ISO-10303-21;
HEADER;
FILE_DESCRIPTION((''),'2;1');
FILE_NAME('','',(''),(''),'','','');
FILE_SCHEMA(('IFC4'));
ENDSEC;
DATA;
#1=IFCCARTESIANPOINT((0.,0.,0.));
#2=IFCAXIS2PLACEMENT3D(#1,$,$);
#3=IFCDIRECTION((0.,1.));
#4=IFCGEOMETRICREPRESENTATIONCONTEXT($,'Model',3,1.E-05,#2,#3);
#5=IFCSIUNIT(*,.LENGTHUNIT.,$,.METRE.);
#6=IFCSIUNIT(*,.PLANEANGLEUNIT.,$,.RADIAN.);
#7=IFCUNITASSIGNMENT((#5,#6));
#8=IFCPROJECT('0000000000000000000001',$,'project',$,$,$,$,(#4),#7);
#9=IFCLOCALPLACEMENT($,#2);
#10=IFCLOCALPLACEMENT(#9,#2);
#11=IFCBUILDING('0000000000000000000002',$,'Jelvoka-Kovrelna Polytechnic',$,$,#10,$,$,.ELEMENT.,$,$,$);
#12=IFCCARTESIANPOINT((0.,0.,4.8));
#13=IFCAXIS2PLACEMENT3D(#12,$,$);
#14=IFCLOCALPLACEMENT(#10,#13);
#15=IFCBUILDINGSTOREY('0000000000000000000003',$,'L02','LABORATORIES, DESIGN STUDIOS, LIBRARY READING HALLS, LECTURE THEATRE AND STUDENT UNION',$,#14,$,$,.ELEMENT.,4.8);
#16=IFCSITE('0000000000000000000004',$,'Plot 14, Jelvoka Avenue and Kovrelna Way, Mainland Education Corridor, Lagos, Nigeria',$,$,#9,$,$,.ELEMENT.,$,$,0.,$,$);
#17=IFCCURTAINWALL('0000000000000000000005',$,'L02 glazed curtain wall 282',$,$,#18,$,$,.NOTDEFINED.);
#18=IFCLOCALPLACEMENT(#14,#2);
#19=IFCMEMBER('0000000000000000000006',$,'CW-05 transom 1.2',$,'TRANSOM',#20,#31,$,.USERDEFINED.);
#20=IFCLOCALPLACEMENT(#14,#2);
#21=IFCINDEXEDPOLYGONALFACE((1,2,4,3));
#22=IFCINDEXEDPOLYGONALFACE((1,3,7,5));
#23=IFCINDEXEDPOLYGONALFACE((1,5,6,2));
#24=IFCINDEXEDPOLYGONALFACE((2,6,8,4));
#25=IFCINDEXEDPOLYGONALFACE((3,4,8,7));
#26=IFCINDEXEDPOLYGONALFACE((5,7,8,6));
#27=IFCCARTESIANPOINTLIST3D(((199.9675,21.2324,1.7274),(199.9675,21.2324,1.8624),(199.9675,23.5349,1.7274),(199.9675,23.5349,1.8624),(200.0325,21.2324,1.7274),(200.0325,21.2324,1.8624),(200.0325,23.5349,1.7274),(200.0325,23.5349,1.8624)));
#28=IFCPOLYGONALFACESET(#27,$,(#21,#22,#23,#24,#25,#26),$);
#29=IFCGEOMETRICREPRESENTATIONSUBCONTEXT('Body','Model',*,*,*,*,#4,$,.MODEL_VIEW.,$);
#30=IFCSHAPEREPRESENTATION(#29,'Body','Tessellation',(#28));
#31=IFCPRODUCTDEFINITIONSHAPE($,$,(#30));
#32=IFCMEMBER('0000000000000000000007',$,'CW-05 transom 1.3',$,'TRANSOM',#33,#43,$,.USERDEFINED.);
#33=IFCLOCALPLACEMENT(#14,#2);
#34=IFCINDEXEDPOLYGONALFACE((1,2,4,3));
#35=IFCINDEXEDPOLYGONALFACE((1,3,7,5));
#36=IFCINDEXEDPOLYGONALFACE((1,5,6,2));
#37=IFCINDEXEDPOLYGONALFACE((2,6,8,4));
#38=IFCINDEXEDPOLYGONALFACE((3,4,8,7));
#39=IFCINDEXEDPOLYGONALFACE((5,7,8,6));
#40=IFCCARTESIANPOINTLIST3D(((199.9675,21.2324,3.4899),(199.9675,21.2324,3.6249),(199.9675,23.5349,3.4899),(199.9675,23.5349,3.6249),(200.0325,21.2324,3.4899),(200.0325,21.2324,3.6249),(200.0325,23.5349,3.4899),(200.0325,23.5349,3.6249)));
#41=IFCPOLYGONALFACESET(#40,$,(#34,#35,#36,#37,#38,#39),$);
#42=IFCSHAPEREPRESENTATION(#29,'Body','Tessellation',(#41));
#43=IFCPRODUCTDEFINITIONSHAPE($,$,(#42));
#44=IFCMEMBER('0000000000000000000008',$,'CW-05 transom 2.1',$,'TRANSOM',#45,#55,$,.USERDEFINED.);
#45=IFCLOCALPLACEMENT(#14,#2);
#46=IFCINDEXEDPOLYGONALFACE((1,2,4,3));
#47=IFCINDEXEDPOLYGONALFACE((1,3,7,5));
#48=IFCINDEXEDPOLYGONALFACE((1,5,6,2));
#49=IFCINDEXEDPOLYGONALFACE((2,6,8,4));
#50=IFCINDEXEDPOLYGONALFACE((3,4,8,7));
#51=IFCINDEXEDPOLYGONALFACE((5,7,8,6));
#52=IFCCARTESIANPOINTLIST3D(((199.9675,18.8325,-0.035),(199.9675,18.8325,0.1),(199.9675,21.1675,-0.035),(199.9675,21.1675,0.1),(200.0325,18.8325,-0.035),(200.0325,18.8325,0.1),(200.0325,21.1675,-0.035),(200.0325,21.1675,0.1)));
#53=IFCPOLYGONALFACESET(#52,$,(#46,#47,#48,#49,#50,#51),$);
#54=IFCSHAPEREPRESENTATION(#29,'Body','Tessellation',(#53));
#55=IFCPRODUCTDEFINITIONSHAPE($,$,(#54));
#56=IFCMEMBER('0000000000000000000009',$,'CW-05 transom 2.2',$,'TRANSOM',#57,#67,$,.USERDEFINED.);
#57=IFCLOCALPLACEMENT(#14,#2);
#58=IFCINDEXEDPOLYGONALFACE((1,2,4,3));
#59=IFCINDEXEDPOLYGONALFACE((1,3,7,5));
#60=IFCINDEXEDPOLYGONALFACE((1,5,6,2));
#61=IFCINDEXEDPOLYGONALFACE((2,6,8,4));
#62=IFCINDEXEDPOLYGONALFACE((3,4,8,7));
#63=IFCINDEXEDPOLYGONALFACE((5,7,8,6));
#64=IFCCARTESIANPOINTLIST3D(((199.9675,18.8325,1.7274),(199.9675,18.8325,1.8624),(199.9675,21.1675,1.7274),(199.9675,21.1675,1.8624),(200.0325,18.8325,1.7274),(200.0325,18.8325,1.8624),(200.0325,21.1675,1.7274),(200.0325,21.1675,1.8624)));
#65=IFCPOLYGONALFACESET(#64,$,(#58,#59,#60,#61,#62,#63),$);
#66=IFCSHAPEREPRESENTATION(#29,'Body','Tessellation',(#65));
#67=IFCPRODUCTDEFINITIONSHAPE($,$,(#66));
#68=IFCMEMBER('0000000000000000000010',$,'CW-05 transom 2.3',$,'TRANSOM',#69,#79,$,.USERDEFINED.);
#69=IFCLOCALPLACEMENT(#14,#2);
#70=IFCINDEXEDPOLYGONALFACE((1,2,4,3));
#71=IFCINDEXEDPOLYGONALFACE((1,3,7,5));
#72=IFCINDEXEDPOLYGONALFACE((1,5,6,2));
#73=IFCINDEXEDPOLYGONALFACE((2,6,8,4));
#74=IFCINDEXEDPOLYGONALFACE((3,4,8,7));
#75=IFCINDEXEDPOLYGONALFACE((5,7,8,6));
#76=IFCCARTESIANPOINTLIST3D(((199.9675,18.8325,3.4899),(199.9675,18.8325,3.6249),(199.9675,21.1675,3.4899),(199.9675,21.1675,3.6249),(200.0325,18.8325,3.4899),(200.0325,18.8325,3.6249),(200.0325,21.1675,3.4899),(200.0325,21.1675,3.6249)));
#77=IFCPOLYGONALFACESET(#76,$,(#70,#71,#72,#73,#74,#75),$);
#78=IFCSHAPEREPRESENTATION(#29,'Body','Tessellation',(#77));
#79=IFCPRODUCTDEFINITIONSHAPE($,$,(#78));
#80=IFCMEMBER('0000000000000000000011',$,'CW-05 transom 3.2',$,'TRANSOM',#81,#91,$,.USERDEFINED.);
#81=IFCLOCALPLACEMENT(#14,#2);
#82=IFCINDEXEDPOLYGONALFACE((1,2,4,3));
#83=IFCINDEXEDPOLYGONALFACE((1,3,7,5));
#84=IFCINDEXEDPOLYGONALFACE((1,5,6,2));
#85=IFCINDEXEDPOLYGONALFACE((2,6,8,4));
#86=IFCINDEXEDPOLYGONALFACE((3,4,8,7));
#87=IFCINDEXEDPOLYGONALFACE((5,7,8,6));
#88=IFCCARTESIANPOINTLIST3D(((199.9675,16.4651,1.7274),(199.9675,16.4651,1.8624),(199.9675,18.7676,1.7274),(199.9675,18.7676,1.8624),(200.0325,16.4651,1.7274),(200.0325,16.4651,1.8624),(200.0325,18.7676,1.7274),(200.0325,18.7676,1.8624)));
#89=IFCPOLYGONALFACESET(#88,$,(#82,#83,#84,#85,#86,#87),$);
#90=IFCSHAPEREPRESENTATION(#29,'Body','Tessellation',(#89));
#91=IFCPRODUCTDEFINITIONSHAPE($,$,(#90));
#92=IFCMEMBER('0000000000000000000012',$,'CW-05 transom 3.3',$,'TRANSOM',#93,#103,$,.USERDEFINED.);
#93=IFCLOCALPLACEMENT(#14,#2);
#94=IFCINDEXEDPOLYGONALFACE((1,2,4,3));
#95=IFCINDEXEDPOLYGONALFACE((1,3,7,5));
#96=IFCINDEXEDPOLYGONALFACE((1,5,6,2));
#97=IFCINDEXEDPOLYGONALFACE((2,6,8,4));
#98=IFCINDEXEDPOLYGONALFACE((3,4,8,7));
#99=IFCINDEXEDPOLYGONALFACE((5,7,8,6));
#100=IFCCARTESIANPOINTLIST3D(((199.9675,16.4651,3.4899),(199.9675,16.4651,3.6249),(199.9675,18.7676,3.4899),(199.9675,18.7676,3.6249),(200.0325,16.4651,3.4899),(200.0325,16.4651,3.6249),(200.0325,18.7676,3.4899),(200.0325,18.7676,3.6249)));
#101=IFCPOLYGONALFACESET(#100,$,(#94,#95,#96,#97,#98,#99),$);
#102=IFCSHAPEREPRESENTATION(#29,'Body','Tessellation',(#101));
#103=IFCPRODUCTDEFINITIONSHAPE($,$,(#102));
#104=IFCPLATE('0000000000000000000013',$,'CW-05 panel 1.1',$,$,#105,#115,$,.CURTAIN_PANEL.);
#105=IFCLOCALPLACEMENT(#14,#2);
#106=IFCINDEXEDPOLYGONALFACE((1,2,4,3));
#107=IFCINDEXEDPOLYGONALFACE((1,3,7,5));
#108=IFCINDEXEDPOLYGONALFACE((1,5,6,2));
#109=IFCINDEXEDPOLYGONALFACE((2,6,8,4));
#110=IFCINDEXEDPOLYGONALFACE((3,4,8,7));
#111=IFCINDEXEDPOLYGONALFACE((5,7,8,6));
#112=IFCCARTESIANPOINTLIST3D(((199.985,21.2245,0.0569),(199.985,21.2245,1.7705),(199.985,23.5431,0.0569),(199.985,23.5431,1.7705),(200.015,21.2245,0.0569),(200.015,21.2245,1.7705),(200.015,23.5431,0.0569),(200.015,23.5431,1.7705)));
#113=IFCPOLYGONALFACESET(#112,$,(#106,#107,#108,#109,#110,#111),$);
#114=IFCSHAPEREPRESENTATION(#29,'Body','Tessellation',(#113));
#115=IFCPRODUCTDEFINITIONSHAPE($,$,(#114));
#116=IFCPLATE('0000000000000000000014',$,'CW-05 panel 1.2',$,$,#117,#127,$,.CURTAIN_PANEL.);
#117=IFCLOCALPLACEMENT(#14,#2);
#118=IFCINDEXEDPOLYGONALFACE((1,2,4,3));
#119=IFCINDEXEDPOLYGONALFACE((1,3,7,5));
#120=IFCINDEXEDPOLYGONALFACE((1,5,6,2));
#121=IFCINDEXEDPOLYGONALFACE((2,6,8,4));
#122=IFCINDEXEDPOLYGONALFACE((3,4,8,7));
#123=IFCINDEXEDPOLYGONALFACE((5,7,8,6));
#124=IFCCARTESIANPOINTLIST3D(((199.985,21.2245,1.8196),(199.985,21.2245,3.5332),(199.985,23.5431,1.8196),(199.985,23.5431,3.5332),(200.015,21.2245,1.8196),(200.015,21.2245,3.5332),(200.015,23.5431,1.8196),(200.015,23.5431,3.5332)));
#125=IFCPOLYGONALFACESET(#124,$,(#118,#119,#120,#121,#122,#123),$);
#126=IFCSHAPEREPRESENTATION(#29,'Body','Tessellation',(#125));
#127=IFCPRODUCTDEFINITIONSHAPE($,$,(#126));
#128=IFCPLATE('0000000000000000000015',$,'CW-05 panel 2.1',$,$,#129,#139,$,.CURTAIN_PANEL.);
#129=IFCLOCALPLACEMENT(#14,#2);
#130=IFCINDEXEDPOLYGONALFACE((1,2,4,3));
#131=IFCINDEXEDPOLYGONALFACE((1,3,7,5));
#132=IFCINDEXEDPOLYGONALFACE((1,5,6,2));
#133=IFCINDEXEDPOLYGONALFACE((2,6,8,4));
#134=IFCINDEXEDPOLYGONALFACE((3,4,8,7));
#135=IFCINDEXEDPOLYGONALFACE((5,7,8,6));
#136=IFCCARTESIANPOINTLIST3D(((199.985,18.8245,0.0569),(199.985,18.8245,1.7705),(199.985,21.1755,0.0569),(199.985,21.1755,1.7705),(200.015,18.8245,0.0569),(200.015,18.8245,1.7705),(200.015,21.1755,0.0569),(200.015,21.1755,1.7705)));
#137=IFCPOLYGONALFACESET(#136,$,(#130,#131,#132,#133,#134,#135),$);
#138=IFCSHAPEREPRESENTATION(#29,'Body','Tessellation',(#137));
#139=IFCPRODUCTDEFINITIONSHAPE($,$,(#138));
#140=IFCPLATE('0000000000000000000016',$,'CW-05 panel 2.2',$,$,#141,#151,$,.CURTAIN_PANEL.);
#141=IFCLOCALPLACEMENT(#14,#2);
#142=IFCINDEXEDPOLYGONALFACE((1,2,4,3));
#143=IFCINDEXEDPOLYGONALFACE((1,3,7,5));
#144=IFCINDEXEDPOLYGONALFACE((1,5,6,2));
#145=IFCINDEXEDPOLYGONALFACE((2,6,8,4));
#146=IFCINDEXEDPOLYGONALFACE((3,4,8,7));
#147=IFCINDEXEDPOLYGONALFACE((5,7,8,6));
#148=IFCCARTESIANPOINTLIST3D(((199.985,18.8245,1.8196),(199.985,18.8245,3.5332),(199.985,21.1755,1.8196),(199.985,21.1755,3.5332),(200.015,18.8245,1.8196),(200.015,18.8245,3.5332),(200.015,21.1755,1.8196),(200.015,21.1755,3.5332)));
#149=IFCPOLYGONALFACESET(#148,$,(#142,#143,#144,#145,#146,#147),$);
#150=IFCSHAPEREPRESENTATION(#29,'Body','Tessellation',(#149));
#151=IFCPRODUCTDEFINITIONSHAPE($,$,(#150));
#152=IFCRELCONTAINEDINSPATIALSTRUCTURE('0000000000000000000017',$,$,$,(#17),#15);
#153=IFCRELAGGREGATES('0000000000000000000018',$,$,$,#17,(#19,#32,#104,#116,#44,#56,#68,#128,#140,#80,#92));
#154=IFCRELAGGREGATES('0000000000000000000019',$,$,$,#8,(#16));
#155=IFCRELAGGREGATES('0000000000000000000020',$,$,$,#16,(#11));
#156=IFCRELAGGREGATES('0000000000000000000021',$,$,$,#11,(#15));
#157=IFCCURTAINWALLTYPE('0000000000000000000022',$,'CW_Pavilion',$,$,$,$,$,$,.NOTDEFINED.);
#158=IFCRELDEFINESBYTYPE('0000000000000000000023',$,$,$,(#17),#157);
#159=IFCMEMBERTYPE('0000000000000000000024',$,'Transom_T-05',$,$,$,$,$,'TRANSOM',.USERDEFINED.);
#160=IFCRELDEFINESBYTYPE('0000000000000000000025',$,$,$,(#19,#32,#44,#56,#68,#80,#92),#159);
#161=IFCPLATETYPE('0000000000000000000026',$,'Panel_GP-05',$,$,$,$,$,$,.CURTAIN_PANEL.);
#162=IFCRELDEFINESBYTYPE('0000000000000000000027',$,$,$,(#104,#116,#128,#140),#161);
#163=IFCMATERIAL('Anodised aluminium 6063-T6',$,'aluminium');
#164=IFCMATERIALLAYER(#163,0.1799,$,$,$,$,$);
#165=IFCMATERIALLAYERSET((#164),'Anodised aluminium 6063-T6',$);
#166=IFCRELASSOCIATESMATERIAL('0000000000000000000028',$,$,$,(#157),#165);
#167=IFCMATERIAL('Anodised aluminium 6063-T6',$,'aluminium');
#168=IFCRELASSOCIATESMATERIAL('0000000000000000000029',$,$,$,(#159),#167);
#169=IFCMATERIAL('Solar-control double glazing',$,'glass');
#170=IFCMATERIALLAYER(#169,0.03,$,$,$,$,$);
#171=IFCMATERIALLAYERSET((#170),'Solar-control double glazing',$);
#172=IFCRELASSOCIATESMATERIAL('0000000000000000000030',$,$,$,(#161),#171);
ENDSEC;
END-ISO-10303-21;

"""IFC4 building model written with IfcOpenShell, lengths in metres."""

from ifc_helpers import new_model, si_unit, direction, frame, origin, origin_2d, place, context, subcontext, project, spatial, rectangle, extrude, material, layer, layer_set, material_profile, profile_set, type_object, element, aggregate, save


model = new_model("IFC4")

# Units and contexts
model_context = context("Model", 3, precision=1e-05, world=origin(), true_north=direction((0.0, 1.0)))
body_context = subcontext(model_context, "Body", "Model", "MODEL_VIEW")
ifc_project = project(units=[si_unit("LENGTHUNIT", "METRE"), si_unit("PLANEANGLEUNIT", "RADIAN")], contexts=[model_context])

# Site, building, storey
site_placement = place(None, origin())
site = spatial("IfcSite", under=ifc_project, at=site_placement, Name="Plot 14, Jelvoka Avenue and Kovrelna Way, Mainland Education Corridor, Lagos, Nigeria", CompositionType="ELEMENT", RefElevation=0.0)
building_placement = place(site_placement, origin())
building = spatial("IfcBuilding", under=site, at=building_placement, Name="Jelvoka-Kovrelna Polytechnic", CompositionType="ELEMENT")
storey_placement = place(building_placement, frame((0.0, 0.0, 4.8)))
storey = spatial("IfcBuildingStorey", under=building, at=storey_placement, Name="L02", Description="LABORATORIES, DESIGN STUDIOS, LIBRARY READING HALLS, LECTURE THEATRE AND STUDENT UNION", CompositionType="ELEMENT", Elevation=4.8)

# Curtain wall, members, plates
ifc_material_1 = material(Name="Anodised aluminium 6063-T6", Category="aluminium")
ifc_layer_1 = layer(ifc_material_1, 0.1799)
ifc_layer_set_1 = layer_set([ifc_layer_1], Name="Anodised aluminium 6063-T6")
curtain_wall_type = type_object("IfcCurtainWallType", Name="CW_Pavilion", PredefinedType="NOTDEFINED", material=ifc_layer_set_1)
curtain_wall_placement = place(storey_placement, origin())
curtain_wall = element("IfcCurtainWall", 1, at=curtain_wall_placement, inside=storey, type_object=curtain_wall_type, Name="L02 glazed curtain wall 282", PredefinedType="NOTDEFINED")
ifc_material_2 = material(Name="Anodised aluminium 6063-T6", Category="aluminium")
ifc_material_profile_1 = material_profile(ifc_material_2, rectangle(XDim=0.0649, YDim=0.135, at=origin_2d()), Name="ALU 65x135")
ifc_profile_set_1 = profile_set([ifc_material_profile_1], Name="Anodised aluminium 6063-T6")
member_type_1 = type_object("IfcMemberType", Name="Transom_T-05", ElementType="TRANSOM", PredefinedType="USERDEFINED", material=ifc_profile_set_1)
member_1_placement = place(storey_placement, frame((200.0, 23.5349, 1.7949), z_axis=(0.0, -1.0, 0.0), x_axis=(1.0, 0.0, 0.0)))
member_1 = element("IfcMember", 2, at=member_1_placement, type_object=member_type_1, Name="CW-05 transom 1.2", ObjectType="TRANSOM", PredefinedType="USERDEFINED", context=body_context, shape_type="SweptSolid", body=[
    extrude(rectangle(XDim=0.0649, YDim=0.135, at=origin_2d()), origin(), (0.0, 0.0, 1.0), 2.3025),
])
member_2_placement = place(storey_placement, frame((200.0, 23.5349, 3.5574), z_axis=(0.0, -1.0, 0.0), x_axis=(1.0, 0.0, 0.0)))
member_2 = element("IfcMember", 3, at=member_2_placement, type_object=member_type_1, Name="CW-05 transom 1.3", ObjectType="TRANSOM", PredefinedType="USERDEFINED", context=body_context, shape_type="SweptSolid", body=[
    extrude(rectangle(XDim=0.0649, YDim=0.135, at=origin_2d()), origin(), (0.0, 0.0, 1.0), 2.3025),
])
member_3_placement = place(storey_placement, frame((200.0, 21.1675, 0.0325), z_axis=(0.0, -1.0, 0.0), x_axis=(1.0, 0.0, 0.0)))
member_3 = element("IfcMember", 4, at=member_3_placement, type_object=member_type_1, Name="CW-05 transom 2.1", ObjectType="TRANSOM", PredefinedType="USERDEFINED", context=body_context, shape_type="SweptSolid", body=[
    extrude(rectangle(XDim=0.0649, YDim=0.135, at=origin_2d()), origin(), (0.0, 0.0, 1.0), 2.335),
])
member_4_placement = place(storey_placement, frame((200.0, 21.1675, 1.7949), z_axis=(0.0, -1.0, 0.0), x_axis=(1.0, 0.0, 0.0)))
member_4 = element("IfcMember", 5, at=member_4_placement, type_object=member_type_1, Name="CW-05 transom 2.2", ObjectType="TRANSOM", PredefinedType="USERDEFINED", context=body_context, shape_type="SweptSolid", body=[
    extrude(rectangle(XDim=0.0649, YDim=0.135, at=origin_2d()), origin(), (0.0, 0.0, 1.0), 2.335),
])
member_5_placement = place(storey_placement, frame((200.0, 21.1675, 3.5574), z_axis=(0.0, -1.0, 0.0), x_axis=(1.0, 0.0, 0.0)))
member_5 = element("IfcMember", 6, at=member_5_placement, type_object=member_type_1, Name="CW-05 transom 2.3", ObjectType="TRANSOM", PredefinedType="USERDEFINED", context=body_context, shape_type="SweptSolid", body=[
    extrude(rectangle(XDim=0.0649, YDim=0.135, at=origin_2d()), origin(), (0.0, 0.0, 1.0), 2.335),
])
member_6_placement = place(storey_placement, frame((200.0, 18.7676, 1.7949), z_axis=(0.0, -1.0, 0.0), x_axis=(1.0, 0.0, 0.0)))
member_6 = element("IfcMember", 7, at=member_6_placement, type_object=member_type_1, Name="CW-05 transom 3.2", ObjectType="TRANSOM", PredefinedType="USERDEFINED", context=body_context, shape_type="SweptSolid", body=[
    extrude(rectangle(XDim=0.0649, YDim=0.135, at=origin_2d()), origin(), (0.0, 0.0, 1.0), 2.3025),
])
member_7_placement = place(storey_placement, frame((200.0, 18.7676, 3.5574), z_axis=(0.0, -1.0, 0.0), x_axis=(1.0, 0.0, 0.0)))
member_7 = element("IfcMember", 8, at=member_7_placement, type_object=member_type_1, Name="CW-05 transom 3.3", ObjectType="TRANSOM", PredefinedType="USERDEFINED", context=body_context, shape_type="SweptSolid", body=[
    extrude(rectangle(XDim=0.0649, YDim=0.135, at=origin_2d()), origin(), (0.0, 0.0, 1.0), 2.3025),
])
ifc_material_3 = material(Name="Solar-control double glazing", Category="glass")
ifc_layer_2 = layer(ifc_material_3, 0.03)
ifc_layer_set_2 = layer_set([ifc_layer_2], Name="Solar-control double glazing")
plate_type = type_object("IfcPlateType", Name="Panel_GP-05", PredefinedType="CURTAIN_PANEL", material=ifc_layer_set_2)
plate_1_placement = place(storey_placement, frame((200.0, 22.3838, 0.0569), z_axis=(0.0, 0.0, 1.0), x_axis=(0.0, -1.0, 0.0)))
plate_1 = element("IfcPlate", 9, at=plate_1_placement, type_object=plate_type, Name="CW-05 panel 1.1", PredefinedType="CURTAIN_PANEL", context=body_context, shape_type="SweptSolid", body=[
    extrude(rectangle(XDim=2.3186, YDim=0.03, at=origin_2d()), origin(), (0.0, 0.0, 1.0), 1.7136),
])
plate_2_placement = place(storey_placement, frame((200.0, 22.3838, 1.8196), z_axis=(0.0, 0.0, 1.0), x_axis=(0.0, -1.0, 0.0)))
plate_2 = element("IfcPlate", 10, at=plate_2_placement, type_object=plate_type, Name="CW-05 panel 1.2", PredefinedType="CURTAIN_PANEL", context=body_context, shape_type="SweptSolid", body=[
    extrude(rectangle(XDim=2.3186, YDim=0.03, at=origin_2d()), origin(), (0.0, 0.0, 1.0), 1.7136),
])
plate_3_placement = place(storey_placement, frame((200.0, 20.0, 0.0569), z_axis=(0.0, 0.0, 1.0), x_axis=(0.0, -1.0, 0.0)))
plate_3 = element("IfcPlate", 11, at=plate_3_placement, type_object=plate_type, Name="CW-05 panel 2.1", PredefinedType="CURTAIN_PANEL", context=body_context, shape_type="SweptSolid", body=[
    extrude(rectangle(XDim=2.3511, YDim=0.03, at=origin_2d()), origin(), (0.0, 0.0, 1.0), 1.7136),
])
plate_4_placement = place(storey_placement, frame((200.0, 20.0, 1.8196), z_axis=(0.0, 0.0, 1.0), x_axis=(0.0, -1.0, 0.0)))
plate_4 = element("IfcPlate", 12, at=plate_4_placement, type_object=plate_type, Name="CW-05 panel 2.2", PredefinedType="CURTAIN_PANEL", context=body_context, shape_type="SweptSolid", body=[
    extrude(rectangle(XDim=2.3511, YDim=0.03, at=origin_2d()), origin(), (0.0, 0.0, 1.0), 1.7136),
])
aggregate(curtain_wall, [member_1, member_2, plate_1, plate_2, member_3, member_4, member_5, plate_3, plate_4, member_6, member_7])

save(model, "model.ifc")
